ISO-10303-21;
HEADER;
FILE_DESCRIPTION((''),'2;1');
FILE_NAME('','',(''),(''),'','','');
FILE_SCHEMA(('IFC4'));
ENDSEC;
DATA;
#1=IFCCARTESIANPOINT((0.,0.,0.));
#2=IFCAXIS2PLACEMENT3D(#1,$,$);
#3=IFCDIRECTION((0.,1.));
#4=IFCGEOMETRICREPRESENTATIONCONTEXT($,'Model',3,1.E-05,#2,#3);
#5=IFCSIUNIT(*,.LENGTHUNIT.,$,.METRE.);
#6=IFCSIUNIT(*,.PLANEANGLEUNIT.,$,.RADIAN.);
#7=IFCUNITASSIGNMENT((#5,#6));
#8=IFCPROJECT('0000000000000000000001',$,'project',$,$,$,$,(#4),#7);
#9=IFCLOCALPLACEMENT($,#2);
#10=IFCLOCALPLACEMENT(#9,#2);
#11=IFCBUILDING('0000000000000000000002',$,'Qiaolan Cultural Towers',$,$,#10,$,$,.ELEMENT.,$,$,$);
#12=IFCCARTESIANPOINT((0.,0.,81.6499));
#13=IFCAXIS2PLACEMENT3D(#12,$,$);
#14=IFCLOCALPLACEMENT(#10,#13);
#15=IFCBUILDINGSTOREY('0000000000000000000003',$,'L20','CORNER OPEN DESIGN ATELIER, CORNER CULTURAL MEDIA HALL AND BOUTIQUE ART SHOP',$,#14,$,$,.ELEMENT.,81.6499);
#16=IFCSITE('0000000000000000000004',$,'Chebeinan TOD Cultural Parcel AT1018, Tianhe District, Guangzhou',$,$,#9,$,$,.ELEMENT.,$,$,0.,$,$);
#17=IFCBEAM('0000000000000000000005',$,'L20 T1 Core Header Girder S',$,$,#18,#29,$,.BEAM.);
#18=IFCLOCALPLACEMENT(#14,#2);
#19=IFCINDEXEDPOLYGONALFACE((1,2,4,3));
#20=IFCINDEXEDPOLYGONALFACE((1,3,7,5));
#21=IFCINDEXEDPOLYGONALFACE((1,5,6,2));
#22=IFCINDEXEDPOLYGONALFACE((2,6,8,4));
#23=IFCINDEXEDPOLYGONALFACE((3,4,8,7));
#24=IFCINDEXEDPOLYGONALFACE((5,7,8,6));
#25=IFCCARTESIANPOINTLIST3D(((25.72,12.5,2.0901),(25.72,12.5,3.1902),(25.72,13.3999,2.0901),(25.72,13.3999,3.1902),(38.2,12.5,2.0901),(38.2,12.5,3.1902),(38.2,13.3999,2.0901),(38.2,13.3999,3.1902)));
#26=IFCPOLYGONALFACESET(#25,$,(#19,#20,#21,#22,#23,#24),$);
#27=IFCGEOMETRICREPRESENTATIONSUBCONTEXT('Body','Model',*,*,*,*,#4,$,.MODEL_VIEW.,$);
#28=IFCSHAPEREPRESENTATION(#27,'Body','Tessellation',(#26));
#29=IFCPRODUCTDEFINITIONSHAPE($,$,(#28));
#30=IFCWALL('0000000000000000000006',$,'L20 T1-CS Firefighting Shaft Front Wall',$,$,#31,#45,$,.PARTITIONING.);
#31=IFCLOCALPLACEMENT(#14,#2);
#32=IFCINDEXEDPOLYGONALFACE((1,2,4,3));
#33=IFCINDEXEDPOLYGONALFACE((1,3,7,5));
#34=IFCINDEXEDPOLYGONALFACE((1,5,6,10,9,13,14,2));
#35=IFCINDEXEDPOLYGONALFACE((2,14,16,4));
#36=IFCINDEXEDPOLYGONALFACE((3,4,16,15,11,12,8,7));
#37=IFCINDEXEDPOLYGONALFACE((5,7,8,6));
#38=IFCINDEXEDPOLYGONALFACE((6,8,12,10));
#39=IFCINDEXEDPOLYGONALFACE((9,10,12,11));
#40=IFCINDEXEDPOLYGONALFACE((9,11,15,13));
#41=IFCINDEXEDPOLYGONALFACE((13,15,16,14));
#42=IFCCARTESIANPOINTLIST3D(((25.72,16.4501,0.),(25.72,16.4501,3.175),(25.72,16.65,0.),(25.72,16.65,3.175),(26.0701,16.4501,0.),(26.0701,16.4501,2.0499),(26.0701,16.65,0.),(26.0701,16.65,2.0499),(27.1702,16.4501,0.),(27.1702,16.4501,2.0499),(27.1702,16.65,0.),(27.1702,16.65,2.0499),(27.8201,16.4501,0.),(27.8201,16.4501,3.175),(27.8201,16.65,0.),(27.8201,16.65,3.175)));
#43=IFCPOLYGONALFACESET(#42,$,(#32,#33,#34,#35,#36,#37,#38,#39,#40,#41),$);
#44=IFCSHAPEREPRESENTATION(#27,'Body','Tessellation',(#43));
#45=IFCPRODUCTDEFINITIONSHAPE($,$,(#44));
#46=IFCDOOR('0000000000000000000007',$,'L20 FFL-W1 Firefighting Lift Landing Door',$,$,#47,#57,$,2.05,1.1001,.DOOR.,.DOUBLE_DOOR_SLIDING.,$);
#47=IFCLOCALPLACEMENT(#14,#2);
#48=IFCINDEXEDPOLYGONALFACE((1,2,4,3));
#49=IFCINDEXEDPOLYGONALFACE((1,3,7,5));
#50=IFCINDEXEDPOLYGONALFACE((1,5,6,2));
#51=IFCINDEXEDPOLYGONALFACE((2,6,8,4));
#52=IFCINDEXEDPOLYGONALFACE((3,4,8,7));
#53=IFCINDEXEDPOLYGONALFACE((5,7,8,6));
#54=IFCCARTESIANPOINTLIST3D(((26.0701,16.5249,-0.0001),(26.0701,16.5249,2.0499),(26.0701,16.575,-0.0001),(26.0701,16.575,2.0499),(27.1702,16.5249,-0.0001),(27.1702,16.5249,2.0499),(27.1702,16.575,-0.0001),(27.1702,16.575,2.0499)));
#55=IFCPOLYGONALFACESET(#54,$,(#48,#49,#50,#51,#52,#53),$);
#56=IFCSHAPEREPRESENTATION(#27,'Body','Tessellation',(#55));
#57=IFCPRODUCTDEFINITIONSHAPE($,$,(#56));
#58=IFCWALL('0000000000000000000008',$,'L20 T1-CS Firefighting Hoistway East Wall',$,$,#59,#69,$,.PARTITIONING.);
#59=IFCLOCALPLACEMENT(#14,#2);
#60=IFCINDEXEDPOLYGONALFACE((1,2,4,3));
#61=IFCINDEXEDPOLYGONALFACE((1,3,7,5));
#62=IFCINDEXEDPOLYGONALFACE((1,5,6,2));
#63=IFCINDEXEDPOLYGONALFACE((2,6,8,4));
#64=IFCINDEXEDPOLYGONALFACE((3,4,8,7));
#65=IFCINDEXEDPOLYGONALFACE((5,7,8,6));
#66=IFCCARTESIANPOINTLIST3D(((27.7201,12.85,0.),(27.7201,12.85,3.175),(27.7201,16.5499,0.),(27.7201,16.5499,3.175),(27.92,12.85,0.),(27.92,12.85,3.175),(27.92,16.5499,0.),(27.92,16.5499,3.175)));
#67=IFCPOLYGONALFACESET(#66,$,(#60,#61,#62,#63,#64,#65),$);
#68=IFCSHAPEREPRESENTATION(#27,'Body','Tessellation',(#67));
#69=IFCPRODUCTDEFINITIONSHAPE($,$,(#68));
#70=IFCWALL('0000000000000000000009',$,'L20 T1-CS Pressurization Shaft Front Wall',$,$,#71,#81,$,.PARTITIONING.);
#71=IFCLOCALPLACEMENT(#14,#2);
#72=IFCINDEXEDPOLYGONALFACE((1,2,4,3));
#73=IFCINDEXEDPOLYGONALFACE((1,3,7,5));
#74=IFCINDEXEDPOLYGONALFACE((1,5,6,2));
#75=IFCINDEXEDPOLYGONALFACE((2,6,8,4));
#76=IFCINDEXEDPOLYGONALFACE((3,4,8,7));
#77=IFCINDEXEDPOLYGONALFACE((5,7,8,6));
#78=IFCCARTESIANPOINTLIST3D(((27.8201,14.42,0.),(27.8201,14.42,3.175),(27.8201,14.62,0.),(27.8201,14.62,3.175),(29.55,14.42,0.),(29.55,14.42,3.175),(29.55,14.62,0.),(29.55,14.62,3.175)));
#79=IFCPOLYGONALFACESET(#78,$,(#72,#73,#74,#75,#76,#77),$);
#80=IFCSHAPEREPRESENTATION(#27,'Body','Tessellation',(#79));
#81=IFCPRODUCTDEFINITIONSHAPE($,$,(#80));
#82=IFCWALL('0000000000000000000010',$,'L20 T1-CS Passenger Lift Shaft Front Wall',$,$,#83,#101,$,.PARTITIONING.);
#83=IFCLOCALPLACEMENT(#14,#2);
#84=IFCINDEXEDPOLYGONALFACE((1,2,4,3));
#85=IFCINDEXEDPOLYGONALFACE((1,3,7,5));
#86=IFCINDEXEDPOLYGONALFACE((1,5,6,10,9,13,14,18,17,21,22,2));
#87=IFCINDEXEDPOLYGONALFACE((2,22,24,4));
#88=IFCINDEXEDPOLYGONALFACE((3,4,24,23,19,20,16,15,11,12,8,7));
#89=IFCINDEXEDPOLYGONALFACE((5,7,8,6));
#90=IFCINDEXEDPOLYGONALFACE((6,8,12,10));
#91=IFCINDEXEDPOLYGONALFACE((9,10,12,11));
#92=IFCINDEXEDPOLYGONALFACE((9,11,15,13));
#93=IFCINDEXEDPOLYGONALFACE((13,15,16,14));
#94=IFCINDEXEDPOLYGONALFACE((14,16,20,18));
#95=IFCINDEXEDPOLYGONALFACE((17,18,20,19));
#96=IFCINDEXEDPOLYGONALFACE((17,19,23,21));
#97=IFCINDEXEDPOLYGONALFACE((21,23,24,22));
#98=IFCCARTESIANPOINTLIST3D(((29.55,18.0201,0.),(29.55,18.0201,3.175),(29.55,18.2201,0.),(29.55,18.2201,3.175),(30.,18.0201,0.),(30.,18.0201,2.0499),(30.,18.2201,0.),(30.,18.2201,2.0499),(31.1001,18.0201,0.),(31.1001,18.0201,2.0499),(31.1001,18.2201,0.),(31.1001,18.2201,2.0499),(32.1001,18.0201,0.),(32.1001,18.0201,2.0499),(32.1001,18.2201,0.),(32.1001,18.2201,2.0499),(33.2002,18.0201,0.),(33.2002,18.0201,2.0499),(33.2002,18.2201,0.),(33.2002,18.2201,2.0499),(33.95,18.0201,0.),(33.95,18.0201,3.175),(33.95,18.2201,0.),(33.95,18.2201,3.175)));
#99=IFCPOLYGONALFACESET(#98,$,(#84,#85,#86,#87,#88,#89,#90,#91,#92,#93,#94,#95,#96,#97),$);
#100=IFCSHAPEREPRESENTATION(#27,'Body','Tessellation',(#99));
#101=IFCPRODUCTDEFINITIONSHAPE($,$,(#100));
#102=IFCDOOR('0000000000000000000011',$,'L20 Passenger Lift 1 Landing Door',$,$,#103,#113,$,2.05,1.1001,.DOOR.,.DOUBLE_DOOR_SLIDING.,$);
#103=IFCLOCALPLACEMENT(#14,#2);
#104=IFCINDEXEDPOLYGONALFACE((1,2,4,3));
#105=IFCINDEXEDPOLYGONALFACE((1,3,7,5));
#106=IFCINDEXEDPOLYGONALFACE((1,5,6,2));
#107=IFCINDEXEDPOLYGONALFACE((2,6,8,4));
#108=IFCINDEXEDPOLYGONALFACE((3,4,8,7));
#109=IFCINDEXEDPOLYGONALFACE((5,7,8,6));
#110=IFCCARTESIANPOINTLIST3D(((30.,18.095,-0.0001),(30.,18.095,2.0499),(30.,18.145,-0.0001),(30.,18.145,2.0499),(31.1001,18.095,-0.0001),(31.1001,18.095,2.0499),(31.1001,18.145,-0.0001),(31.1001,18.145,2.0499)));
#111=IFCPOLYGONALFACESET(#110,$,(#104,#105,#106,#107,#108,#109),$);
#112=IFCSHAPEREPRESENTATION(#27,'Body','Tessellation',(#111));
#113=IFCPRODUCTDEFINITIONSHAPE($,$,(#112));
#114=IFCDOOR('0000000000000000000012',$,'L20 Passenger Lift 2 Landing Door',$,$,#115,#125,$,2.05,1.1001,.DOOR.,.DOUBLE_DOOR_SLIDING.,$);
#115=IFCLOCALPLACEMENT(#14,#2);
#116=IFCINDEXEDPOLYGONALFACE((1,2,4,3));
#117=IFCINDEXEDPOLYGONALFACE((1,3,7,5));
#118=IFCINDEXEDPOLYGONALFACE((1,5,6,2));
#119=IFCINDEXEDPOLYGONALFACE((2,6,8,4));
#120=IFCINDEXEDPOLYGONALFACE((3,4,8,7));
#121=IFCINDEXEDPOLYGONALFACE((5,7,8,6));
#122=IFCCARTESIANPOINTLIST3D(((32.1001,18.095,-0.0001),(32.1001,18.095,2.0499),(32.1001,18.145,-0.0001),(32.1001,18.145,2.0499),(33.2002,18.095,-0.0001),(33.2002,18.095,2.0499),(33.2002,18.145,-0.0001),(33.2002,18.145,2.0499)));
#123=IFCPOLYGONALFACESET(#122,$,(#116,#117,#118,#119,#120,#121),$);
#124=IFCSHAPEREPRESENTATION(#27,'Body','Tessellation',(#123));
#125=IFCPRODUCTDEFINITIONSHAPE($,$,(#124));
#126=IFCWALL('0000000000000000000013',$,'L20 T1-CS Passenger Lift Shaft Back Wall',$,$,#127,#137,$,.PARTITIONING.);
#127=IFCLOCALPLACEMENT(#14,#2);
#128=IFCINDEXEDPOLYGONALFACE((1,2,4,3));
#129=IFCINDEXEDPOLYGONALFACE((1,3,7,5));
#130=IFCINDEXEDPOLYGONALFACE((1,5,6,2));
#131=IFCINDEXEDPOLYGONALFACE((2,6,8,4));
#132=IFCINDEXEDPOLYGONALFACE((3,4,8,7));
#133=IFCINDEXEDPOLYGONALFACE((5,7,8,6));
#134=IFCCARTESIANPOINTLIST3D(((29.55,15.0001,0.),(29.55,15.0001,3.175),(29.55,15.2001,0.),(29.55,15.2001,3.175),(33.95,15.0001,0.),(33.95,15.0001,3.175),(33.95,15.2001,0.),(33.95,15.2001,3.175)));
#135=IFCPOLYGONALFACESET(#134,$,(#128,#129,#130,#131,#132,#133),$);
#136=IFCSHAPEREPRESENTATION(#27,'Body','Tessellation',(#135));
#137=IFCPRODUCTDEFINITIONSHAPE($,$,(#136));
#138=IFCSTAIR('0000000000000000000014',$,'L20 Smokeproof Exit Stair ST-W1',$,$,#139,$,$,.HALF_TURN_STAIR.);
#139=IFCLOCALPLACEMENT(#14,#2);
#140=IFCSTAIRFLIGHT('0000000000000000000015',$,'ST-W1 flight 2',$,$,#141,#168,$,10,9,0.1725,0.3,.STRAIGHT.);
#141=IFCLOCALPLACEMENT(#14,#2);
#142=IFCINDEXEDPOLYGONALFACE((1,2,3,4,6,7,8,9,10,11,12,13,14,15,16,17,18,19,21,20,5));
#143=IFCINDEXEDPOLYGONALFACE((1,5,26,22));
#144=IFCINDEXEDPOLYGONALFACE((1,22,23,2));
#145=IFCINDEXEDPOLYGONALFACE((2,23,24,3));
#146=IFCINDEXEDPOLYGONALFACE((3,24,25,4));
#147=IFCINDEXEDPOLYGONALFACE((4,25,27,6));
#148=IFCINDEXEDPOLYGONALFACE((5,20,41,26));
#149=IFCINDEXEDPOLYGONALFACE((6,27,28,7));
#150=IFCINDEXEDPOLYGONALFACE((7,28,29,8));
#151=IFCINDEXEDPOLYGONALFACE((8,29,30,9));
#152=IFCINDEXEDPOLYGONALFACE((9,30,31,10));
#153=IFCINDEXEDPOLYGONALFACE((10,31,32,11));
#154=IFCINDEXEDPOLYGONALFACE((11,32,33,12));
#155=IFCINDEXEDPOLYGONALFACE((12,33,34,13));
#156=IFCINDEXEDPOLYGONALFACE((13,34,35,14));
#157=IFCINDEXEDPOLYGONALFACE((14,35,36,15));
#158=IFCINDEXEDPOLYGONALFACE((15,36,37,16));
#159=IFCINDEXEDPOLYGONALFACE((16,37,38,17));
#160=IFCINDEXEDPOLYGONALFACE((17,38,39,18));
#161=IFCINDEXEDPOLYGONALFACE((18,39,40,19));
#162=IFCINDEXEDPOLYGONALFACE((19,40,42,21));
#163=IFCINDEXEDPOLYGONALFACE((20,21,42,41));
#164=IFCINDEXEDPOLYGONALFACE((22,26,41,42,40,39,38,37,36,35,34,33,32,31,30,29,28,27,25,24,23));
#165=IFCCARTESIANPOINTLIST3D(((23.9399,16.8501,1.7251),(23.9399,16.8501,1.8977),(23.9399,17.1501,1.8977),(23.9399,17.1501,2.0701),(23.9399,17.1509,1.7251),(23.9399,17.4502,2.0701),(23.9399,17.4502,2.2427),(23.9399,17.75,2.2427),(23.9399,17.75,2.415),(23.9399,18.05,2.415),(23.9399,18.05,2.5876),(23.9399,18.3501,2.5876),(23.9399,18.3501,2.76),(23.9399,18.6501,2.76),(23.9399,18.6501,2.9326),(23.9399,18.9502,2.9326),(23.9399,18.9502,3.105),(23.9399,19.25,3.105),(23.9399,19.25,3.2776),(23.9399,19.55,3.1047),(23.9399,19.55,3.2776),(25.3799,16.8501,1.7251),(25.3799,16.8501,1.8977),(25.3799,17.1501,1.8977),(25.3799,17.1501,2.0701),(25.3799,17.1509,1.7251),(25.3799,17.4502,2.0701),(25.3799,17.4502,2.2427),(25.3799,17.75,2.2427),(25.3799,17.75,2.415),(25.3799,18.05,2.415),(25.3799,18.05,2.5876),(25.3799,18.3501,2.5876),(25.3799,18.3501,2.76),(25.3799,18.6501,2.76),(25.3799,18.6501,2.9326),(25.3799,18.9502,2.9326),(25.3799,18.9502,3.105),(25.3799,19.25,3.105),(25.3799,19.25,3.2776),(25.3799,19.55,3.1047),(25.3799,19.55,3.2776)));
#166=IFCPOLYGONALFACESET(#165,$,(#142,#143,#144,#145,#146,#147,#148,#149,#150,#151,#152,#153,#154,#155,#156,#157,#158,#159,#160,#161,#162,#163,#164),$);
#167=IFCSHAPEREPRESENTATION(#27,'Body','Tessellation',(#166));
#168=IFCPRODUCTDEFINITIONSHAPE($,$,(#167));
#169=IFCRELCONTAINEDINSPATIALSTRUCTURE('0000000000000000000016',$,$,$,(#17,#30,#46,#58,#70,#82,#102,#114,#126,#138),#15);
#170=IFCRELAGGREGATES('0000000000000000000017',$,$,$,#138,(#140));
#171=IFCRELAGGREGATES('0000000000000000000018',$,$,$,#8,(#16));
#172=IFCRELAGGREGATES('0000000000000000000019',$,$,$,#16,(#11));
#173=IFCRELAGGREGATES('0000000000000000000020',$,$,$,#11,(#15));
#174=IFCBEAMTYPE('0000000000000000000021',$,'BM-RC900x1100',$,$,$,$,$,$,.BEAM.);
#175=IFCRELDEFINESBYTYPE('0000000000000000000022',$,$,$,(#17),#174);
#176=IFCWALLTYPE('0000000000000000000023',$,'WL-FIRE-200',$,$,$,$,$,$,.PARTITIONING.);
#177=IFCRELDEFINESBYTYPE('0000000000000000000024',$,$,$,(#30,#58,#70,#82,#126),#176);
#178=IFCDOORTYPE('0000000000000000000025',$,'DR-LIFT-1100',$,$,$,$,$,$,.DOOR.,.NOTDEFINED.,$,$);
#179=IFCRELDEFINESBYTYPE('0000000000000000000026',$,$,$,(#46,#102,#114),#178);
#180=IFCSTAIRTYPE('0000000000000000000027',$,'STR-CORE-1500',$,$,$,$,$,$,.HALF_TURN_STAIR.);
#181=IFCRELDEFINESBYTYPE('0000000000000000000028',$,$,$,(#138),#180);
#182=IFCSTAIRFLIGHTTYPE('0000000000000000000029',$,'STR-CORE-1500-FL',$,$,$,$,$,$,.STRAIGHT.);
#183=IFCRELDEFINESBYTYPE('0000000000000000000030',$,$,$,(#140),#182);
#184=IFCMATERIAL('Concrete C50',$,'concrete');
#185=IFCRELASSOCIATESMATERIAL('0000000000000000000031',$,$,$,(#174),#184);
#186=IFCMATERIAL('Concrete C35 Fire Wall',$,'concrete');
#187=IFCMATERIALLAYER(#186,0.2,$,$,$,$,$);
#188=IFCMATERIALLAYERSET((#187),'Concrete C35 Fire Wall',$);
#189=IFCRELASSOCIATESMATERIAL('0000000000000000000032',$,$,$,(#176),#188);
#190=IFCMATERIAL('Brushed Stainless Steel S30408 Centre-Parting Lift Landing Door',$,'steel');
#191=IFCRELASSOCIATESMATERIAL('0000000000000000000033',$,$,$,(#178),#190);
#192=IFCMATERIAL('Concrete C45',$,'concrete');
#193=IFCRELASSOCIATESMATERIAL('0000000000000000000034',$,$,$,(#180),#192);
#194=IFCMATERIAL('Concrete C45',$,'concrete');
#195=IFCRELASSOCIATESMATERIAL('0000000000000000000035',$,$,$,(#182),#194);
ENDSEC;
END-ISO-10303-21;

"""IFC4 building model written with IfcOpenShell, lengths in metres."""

from ifc_helpers import new_model, si_unit, direction, frame, frame_2d, origin, origin_2d, place, context, subcontext, project, spatial, polyline, rectangle, outline, extrude, material, layer, layer_set, material_profile, profile_set, type_object, element, fill, aggregate, save


model = new_model("IFC4")

# Units and contexts
model_context = context("Model", 3, precision=1e-05, world=origin(), true_north=direction((0.0, 1.0)))
body_context = subcontext(model_context, "Body", "Model", "MODEL_VIEW")
ifc_project = project(units=[si_unit("LENGTHUNIT", "METRE"), si_unit("PLANEANGLEUNIT", "RADIAN")], contexts=[model_context])

# Site, building, storey
site_placement = place(None, origin())
site = spatial("IfcSite", under=ifc_project, at=site_placement, Name="Chebeinan TOD Cultural Parcel AT1018, Tianhe District, Guangzhou", CompositionType="ELEMENT", RefElevation=0.0)
building_placement = place(site_placement, origin())
building = spatial("IfcBuilding", under=site, at=building_placement, Name="Qiaolan Cultural Towers", CompositionType="ELEMENT")
storey_placement = place(building_placement, frame((0.0, 0.0, 81.6499)))
storey = spatial("IfcBuildingStorey", under=building, at=storey_placement, Name="L20", Description="CORNER OPEN DESIGN ATELIER, CORNER CULTURAL MEDIA HALL AND BOUTIQUE ART SHOP", CompositionType="ELEMENT", Elevation=81.6499)

# Beam
ifc_material_1 = material(Name="Concrete C50", Category="concrete")
ifc_material_profile = material_profile(ifc_material_1, rectangle(XDim=0.8999, YDim=1.1001, at=origin_2d()), Name="RC900x1100")
ifc_profile_set = profile_set([ifc_material_profile], Name="Concrete C50")
beam_type = type_object("IfcBeamType", Name="BM-RC900x1100", PredefinedType="BEAM", material=ifc_profile_set)
beam_placement = place(storey_placement, frame((25.72, 12.95, 2.6401), z_axis=(1.0, 0.0, 0.0), x_axis=(0.0, 1.0, 0.0)))
element("IfcBeam", 1, at=beam_placement, inside=storey, type_object=beam_type, Name="L20 T1 Core Header Girder S", PredefinedType="BEAM", context=body_context, shape_type="SweptSolid", body=[
    extrude(rectangle(XDim=0.8999, YDim=1.1001, at=origin_2d()), origin(), (0.0, 0.0, 1.0), 12.48),
])

# Wall, opening, door
ifc_material_2 = material(Name="Concrete C35 Fire Wall", Category="concrete")
ifc_layer = layer(ifc_material_2, 0.2)
ifc_layer_set = layer_set([ifc_layer], Name="Concrete C35 Fire Wall")
wall_type = type_object("IfcWallType", Name="WL-FIRE-200", PredefinedType="PARTITIONING", material=ifc_layer_set)
wall_1_placement = place(storey_placement, frame((25.72, 16.55, 0.0), z_axis=(0.0, 0.0, 1.0), x_axis=(1.0, 0.0, 0.0)))
wall_1 = element("IfcWall", 2, at=wall_1_placement, inside=storey, type_object=wall_type, Name="L20 T1-CS Firefighting Shaft Front Wall", PredefinedType="PARTITIONING", context=body_context, shape_type="SweptSolid", body=[
    extrude(rectangle(XDim=2.1001, YDim=0.2, at=frame_2d((1.05, 0.0))), origin(), (0.0, 0.0, 1.0), 3.175),
])
opening_1_placement = place(wall_1_placement, frame((0.3501, 0.0, 0.0)))
opening_1 = element("IfcOpeningElement", 3, at=opening_1_placement, cuts=wall_1, PredefinedType="OPENING", context=body_context, shape_type="SweptSolid", body=[
    extrude(rectangle(XDim=1.1001, YDim=2.05, at=frame_2d((0.55, 1.0249))), frame((0.0, 0.1099, 0.0), z_axis=(0.0, -1.0, 0.0), x_axis=(1.0, 0.0, 0.0)), (0.0, 0.0, 1.0), 0.22),
])
ifc_material_3 = material(Name="Brushed Stainless Steel S30408 Centre-Parting Lift Landing Door", Category="steel")
door_type = type_object("IfcDoorType", Name="DR-LIFT-1100", OperationType="NOTDEFINED", PredefinedType="DOOR", material=ifc_material_3)
door_1_placement = place(opening_1_placement, origin())
door_1 = element("IfcDoor", 4, at=door_1_placement, inside=storey, type_object=door_type, Name="L20 FFL-W1 Firefighting Lift Landing Door", OperationType="DOUBLE_DOOR_SLIDING", OverallHeight=2.05, OverallWidth=1.1001, PredefinedType="DOOR", context=body_context, shape_type="SweptSolid", body=[
    extrude(rectangle(XDim=1.1001, YDim=2.05, at=frame_2d((0.55, 1.0249))), frame((0.0, 0.0249, 0.0), z_axis=(0.0, -1.0, 0.0), x_axis=(1.0, 0.0, 0.0)), (0.0, 0.0, 1.0), 0.05),
])
fill(opening_1, door_1)

# Walls
wall_2_placement = place(storey_placement, frame((27.8201, 16.55, 0.0), z_axis=(0.0, 0.0, 1.0), x_axis=(0.0, -1.0, 0.0)))
element("IfcWall", 5, at=wall_2_placement, inside=storey, type_object=wall_type, Name="L20 T1-CS Firefighting Hoistway East Wall", PredefinedType="PARTITIONING", context=body_context, shape_type="SweptSolid", body=[
    extrude(rectangle(XDim=3.7, YDim=0.2, at=frame_2d((1.8501, 0.0))), origin(), (0.0, 0.0, 1.0), 3.175),
])
wall_3_placement = place(storey_placement, frame((27.8201, 14.52, 0.0), z_axis=(0.0, 0.0, 1.0), x_axis=(1.0, 0.0, 0.0)))
element("IfcWall", 6, at=wall_3_placement, inside=storey, type_object=wall_type, Name="L20 T1-CS Pressurization Shaft Front Wall", PredefinedType="PARTITIONING", context=body_context, shape_type="SweptSolid", body=[
    extrude(rectangle(XDim=1.73, YDim=0.2, at=frame_2d((0.865, 0.0))), origin(), (0.0, 0.0, 1.0), 3.175),
])

# Wall, openings, doors
wall_4_placement = place(storey_placement, frame((29.55, 18.1201, 0.0), z_axis=(0.0, 0.0, 1.0), x_axis=(1.0, 0.0, 0.0)))
wall_4 = element("IfcWall", 7, at=wall_4_placement, inside=storey, type_object=wall_type, Name="L20 T1-CS Passenger Lift Shaft Front Wall", PredefinedType="PARTITIONING", context=body_context, shape_type="SweptSolid", body=[
    extrude(rectangle(XDim=4.3999, YDim=0.2, at=frame_2d((2.2, 0.0))), origin(), (0.0, 0.0, 1.0), 3.175),
])
opening_2_placement = place(wall_4_placement, frame((0.45, 0.0, 0.0)))
opening_2 = element("IfcOpeningElement", 8, at=opening_2_placement, cuts=wall_4, PredefinedType="OPENING", context=body_context, shape_type="SweptSolid", body=[
    extrude(rectangle(XDim=1.1001, YDim=2.05, at=frame_2d((0.55, 1.0249))), frame((0.0, 0.1099, 0.0), z_axis=(0.0, -1.0, 0.0), x_axis=(1.0, 0.0, 0.0)), (0.0, 0.0, 1.0), 0.22),
])
opening_3_placement = place(wall_4_placement, frame((2.55, 0.0, 0.0)))
opening_3 = element("IfcOpeningElement", 9, at=opening_3_placement, cuts=wall_4, PredefinedType="OPENING", context=body_context, shape_type="SweptSolid", body=[
    extrude(rectangle(XDim=1.1001, YDim=2.05, at=frame_2d((0.55, 1.0249))), frame((0.0, 0.1099, 0.0), z_axis=(0.0, -1.0, 0.0), x_axis=(1.0, 0.0, 0.0)), (0.0, 0.0, 1.0), 0.22),
])
door_2_placement = place(opening_2_placement, origin())
door_2 = element("IfcDoor", 10, at=door_2_placement, inside=storey, type_object=door_type, Name="L20 Passenger Lift 1 Landing Door", OperationType="DOUBLE_DOOR_SLIDING", OverallHeight=2.05, OverallWidth=1.1001, PredefinedType="DOOR", context=body_context, shape_type="SweptSolid", body=[
    extrude(rectangle(XDim=1.1001, YDim=2.05, at=frame_2d((0.55, 1.0249))), frame((0.0, 0.0249, 0.0), z_axis=(0.0, -1.0, 0.0), x_axis=(1.0, 0.0, 0.0)), (0.0, 0.0, 1.0), 0.05),
])
fill(opening_2, door_2)
door_3_placement = place(opening_3_placement, origin())
door_3 = element("IfcDoor", 11, at=door_3_placement, inside=storey, type_object=door_type, Name="L20 Passenger Lift 2 Landing Door", OperationType="DOUBLE_DOOR_SLIDING", OverallHeight=2.05, OverallWidth=1.1001, PredefinedType="DOOR", context=body_context, shape_type="SweptSolid", body=[
    extrude(rectangle(XDim=1.1001, YDim=2.05, at=frame_2d((0.55, 1.0249))), frame((0.0, 0.0249, 0.0), z_axis=(0.0, -1.0, 0.0), x_axis=(1.0, 0.0, 0.0)), (0.0, 0.0, 1.0), 0.05),
])
fill(opening_3, door_3)

# Wall
wall_5_placement = place(storey_placement, frame((29.55, 15.1001, 0.0), z_axis=(0.0, 0.0, 1.0), x_axis=(1.0, 0.0, 0.0)))
element("IfcWall", 12, at=wall_5_placement, inside=storey, type_object=wall_type, Name="L20 T1-CS Passenger Lift Shaft Back Wall", PredefinedType="PARTITIONING", context=body_context, shape_type="SweptSolid", body=[
    extrude(rectangle(XDim=4.3999, YDim=0.2, at=frame_2d((2.2, 0.0))), origin(), (0.0, 0.0, 1.0), 3.175),
])

# Stair, stair flight
ifc_material_4 = material(Name="Concrete C45", Category="concrete")
stair_type = type_object("IfcStairType", Name="STR-CORE-1500", PredefinedType="HALF_TURN_STAIR", material=ifc_material_4)
stair_placement = place(storey_placement, origin())
stair = element("IfcStair", 13, at=stair_placement, inside=storey, type_object=stair_type, Name="L20 Smokeproof Exit Stair ST-W1", PredefinedType="HALF_TURN_STAIR")
ifc_material_5 = material(Name="Concrete C45", Category="concrete")
stair_flight_type = type_object("IfcStairFlightType", Name="STR-CORE-1500-FL", PredefinedType="STRAIGHT", material=ifc_material_5)
stair_flight_placement = place(storey_placement, frame((24.6599, 16.8501, 1.7251), z_axis=(0.0, 0.0, 1.0), x_axis=(0.0, 1.0, 0.0)))
stair_flight = element("IfcStairFlight", 14, at=stair_flight_placement, type_object=stair_flight_type, Name="ST-W1 flight 2", NumberOfRisers=10, NumberOfTreads=9, PredefinedType="STRAIGHT", RiserHeight=0.1725, TreadLength=0.3, context=body_context, shape_type="SweptSolid", body=[
    extrude(outline(polyline([(0.0, 0.0), (0.0, 0.1726), (0.3, 0.1726), (0.3, 0.345), (0.6001, 0.345), (0.6001, 0.5176), (0.8999, 0.5176), (0.8999, 0.6899), (1.2, 0.6899), (1.2, 0.8625), (1.5, 0.8625), (1.5, 1.0349), (1.8, 1.0349), (1.8, 1.2075), (2.1001, 1.2075), (2.1001, 1.3799), (2.3999, 1.3799), (2.3999, 1.5525), (2.7, 1.5525), (2.7, 1.7251), (2.7, 1.3796), (0.3008, 0.0), (0.0, 0.0)])), frame((0.0, 0.72, 0.0), z_axis=(0.0, -1.0, 0.0), x_axis=(1.0, 0.0, 0.0)), (0.0, 0.0, 1.0), 1.4399),
])
aggregate(stair, [stair_flight])

save(model, "model.ifc")
